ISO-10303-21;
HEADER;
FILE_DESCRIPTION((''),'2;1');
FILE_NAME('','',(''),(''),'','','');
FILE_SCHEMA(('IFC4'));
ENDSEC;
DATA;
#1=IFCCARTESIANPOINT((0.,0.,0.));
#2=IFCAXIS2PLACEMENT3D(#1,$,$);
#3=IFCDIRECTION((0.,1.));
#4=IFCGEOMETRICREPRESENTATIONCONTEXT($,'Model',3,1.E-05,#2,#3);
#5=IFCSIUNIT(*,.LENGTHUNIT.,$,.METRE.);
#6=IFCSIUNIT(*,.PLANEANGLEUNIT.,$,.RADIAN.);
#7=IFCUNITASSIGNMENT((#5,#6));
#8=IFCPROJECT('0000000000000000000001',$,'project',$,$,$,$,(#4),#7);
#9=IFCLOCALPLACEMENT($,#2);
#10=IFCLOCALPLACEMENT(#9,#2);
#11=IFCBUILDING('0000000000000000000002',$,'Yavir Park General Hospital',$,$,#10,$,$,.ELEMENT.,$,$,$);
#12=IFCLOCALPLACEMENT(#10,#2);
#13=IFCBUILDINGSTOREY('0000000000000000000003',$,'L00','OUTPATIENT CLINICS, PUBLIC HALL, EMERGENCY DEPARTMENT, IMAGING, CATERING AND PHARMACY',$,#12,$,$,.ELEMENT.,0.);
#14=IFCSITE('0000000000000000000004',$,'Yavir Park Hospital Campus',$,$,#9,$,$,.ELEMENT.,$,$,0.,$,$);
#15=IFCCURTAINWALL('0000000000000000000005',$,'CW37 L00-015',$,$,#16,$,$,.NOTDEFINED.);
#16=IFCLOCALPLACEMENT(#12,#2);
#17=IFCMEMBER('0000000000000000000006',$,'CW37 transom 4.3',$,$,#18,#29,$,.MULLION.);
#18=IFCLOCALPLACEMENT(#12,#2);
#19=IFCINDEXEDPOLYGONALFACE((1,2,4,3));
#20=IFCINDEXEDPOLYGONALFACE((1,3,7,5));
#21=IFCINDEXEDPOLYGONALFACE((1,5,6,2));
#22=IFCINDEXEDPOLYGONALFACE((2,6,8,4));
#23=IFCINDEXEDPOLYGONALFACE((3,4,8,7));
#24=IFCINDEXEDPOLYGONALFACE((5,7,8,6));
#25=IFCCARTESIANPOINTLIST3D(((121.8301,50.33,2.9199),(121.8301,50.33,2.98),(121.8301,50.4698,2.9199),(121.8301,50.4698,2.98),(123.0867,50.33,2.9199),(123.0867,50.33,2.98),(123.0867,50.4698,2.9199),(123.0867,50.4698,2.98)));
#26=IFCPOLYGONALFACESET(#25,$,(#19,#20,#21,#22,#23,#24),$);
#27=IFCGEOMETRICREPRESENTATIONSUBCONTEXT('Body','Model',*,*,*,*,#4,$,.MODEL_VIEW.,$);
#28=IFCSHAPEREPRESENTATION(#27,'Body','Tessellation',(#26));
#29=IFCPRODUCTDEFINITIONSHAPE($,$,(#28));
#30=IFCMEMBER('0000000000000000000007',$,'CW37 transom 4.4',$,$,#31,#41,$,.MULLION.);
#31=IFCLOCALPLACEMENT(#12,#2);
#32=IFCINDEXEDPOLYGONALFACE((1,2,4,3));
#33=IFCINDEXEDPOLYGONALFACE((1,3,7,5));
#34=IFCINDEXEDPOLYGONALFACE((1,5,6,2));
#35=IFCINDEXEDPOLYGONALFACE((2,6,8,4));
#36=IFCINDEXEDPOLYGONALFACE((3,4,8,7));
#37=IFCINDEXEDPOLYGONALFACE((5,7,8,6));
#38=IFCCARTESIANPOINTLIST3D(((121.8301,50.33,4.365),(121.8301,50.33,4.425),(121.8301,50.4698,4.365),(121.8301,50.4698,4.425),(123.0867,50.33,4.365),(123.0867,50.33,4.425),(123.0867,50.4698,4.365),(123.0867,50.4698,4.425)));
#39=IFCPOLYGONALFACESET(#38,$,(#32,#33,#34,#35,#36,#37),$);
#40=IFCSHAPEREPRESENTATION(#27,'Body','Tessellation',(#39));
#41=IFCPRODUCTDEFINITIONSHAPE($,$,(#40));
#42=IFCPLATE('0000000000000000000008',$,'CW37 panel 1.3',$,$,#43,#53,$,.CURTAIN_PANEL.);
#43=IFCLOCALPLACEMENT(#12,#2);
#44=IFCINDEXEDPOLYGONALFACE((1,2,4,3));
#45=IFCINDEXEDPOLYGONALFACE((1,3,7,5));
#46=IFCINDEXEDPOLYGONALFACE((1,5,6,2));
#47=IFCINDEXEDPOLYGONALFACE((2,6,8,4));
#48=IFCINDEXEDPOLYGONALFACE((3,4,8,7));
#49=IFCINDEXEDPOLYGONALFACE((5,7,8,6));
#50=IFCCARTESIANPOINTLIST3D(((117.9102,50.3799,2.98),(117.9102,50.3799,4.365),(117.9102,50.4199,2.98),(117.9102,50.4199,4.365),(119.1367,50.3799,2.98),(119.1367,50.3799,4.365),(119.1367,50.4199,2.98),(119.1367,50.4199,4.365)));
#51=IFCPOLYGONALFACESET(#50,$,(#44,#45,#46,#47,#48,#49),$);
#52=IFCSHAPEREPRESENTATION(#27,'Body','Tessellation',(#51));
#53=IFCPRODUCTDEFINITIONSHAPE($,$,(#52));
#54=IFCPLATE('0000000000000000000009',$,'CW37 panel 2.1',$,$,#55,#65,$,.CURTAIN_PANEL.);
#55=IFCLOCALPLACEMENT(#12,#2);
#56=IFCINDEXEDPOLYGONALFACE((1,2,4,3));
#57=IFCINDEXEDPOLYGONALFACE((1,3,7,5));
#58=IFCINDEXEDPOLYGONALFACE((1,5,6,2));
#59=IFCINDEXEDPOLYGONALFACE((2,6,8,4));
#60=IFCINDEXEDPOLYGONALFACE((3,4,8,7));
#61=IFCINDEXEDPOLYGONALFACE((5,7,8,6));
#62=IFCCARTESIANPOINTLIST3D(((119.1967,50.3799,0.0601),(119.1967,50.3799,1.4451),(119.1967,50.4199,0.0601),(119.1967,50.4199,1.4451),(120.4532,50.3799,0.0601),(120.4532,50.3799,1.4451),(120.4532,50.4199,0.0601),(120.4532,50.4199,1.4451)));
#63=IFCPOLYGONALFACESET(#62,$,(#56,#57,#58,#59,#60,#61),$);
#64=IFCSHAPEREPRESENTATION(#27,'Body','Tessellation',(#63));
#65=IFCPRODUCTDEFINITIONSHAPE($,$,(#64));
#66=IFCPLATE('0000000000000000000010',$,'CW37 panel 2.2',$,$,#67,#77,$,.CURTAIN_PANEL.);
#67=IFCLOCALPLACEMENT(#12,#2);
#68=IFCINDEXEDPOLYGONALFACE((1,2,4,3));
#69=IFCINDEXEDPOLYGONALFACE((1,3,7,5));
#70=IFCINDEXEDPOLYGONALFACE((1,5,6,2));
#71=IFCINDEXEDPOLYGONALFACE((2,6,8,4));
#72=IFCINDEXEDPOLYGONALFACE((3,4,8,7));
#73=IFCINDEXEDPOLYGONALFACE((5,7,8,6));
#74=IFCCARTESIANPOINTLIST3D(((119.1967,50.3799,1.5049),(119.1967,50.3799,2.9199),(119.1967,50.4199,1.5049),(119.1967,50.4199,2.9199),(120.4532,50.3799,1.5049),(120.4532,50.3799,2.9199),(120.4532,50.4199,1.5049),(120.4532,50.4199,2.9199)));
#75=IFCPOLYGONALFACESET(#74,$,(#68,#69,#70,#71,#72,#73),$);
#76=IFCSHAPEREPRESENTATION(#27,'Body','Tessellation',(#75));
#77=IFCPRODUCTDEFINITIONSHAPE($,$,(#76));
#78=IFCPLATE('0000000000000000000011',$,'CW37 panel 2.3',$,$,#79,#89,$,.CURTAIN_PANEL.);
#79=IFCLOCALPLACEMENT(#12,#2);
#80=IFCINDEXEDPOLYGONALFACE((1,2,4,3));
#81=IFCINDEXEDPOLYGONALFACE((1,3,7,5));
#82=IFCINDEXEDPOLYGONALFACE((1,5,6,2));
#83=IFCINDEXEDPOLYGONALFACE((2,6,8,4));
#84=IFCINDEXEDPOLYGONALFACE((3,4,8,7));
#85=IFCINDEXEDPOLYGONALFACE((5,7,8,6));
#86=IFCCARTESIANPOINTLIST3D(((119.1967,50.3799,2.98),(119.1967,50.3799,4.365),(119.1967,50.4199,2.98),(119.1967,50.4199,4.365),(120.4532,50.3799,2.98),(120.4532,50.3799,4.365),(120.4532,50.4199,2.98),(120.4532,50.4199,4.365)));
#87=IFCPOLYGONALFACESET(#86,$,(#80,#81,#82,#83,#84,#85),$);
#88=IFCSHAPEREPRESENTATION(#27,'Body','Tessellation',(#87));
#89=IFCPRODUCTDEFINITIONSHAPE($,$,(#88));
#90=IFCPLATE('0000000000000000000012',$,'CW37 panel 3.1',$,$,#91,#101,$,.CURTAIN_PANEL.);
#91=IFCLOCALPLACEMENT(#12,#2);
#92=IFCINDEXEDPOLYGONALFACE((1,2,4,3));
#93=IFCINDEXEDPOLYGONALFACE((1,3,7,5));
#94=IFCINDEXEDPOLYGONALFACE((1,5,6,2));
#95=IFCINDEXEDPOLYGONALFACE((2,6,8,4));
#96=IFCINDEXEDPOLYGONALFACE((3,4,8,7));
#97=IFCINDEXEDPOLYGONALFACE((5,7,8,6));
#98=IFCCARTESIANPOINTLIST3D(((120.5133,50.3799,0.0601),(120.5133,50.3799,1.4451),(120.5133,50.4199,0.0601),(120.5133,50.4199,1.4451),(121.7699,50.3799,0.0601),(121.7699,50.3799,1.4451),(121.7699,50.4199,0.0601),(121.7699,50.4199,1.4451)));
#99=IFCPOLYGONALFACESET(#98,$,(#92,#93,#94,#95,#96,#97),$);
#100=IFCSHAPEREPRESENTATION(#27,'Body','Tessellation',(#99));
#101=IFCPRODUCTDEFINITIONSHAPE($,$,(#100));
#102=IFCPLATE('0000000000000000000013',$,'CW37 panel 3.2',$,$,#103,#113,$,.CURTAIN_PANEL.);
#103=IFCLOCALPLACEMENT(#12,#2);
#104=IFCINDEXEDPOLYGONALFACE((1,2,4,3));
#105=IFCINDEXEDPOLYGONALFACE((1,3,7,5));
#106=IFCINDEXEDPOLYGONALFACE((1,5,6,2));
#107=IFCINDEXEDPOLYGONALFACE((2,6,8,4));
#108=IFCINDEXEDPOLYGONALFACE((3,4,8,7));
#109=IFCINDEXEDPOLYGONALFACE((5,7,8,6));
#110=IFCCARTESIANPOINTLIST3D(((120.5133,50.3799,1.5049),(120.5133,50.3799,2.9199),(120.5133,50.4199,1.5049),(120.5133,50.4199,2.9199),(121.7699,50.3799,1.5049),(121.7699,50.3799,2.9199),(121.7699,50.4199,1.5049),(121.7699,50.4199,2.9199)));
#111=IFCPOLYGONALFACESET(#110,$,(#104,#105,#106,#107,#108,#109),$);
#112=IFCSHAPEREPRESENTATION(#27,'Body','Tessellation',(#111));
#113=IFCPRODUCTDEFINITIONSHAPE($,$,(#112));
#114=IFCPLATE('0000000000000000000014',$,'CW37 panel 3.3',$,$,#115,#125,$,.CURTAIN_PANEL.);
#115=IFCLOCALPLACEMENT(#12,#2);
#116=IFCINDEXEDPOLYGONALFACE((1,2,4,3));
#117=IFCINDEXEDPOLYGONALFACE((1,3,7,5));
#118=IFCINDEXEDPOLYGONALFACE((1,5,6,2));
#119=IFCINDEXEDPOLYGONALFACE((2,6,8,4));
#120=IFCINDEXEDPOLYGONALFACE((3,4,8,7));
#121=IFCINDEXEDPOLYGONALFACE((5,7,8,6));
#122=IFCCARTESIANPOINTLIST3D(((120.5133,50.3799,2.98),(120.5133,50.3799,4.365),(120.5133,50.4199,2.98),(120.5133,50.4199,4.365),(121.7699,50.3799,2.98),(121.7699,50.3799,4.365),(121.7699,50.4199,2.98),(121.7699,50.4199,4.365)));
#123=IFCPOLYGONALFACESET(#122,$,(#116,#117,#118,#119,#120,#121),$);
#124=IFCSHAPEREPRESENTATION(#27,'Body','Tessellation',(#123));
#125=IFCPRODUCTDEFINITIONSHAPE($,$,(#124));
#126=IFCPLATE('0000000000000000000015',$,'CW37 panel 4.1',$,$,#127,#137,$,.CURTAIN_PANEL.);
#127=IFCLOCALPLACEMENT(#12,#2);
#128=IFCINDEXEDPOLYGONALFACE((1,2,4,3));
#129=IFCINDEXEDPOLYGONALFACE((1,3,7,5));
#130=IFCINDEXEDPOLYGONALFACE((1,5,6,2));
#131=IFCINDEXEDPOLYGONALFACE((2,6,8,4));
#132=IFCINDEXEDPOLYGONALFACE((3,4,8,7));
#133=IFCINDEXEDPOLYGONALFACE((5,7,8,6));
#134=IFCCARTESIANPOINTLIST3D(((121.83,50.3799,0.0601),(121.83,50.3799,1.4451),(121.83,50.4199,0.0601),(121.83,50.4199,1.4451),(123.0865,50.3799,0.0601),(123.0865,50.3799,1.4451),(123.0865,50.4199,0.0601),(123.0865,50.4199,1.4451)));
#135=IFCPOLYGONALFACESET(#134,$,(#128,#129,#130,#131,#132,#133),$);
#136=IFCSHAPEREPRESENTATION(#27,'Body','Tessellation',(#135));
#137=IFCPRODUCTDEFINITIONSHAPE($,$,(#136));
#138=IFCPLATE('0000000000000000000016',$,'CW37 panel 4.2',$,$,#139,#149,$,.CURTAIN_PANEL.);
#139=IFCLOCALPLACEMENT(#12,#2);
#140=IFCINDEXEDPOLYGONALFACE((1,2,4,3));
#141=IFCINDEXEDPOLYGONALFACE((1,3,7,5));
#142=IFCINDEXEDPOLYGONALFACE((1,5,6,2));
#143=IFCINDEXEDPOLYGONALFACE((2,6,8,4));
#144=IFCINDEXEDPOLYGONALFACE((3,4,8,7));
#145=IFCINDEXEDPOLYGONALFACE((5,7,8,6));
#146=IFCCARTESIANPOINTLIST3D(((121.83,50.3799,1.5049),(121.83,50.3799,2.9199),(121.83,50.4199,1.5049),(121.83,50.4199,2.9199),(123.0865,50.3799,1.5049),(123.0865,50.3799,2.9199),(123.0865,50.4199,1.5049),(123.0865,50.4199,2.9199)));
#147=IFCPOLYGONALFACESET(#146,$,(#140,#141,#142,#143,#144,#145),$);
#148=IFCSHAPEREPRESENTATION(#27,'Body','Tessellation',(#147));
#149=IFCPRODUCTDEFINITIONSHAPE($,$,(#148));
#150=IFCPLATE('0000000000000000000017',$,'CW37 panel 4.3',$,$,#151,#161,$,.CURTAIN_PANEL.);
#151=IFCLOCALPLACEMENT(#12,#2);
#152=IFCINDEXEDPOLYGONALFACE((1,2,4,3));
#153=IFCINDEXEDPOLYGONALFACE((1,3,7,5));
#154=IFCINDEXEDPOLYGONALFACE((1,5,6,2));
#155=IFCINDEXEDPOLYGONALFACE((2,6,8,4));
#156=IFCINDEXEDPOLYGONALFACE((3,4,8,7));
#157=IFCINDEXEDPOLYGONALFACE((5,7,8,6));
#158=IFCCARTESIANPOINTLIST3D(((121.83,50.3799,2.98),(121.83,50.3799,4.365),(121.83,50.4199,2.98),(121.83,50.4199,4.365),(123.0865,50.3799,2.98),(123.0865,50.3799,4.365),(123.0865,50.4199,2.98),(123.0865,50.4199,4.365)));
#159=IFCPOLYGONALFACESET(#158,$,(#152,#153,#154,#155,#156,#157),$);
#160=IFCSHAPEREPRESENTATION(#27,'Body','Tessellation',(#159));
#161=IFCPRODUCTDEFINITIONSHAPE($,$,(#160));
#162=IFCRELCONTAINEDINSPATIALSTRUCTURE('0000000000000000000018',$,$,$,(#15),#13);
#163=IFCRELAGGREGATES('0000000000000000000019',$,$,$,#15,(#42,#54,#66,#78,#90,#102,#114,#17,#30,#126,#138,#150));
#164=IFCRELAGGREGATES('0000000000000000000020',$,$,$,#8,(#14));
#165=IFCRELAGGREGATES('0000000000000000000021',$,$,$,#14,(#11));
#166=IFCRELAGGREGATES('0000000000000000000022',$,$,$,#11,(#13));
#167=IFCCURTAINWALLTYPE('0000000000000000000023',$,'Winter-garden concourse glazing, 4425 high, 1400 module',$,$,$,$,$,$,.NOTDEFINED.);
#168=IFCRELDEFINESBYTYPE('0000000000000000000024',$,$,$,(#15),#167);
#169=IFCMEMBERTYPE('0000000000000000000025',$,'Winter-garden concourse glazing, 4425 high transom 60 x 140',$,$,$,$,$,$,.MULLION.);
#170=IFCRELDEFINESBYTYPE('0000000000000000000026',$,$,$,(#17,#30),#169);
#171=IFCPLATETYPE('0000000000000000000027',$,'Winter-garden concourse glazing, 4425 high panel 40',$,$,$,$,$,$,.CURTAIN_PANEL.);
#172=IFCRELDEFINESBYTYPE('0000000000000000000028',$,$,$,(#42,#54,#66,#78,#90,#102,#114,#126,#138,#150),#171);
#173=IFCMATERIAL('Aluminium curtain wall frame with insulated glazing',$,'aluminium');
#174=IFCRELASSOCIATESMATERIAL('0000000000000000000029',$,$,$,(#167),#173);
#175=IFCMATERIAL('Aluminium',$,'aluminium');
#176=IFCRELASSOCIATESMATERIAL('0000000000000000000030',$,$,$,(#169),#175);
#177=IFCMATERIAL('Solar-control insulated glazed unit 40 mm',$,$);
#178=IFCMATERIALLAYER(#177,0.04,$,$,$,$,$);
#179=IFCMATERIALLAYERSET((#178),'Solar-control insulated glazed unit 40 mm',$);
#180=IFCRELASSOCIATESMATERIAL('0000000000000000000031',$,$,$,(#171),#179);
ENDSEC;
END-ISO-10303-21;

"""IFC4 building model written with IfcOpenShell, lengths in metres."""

from ifc_helpers import new_model, si_unit, direction, frame, origin, origin_2d, place, context, subcontext, project, spatial, rectangle, extrude, material, layer, layer_set, material_profile, profile_set, type_object, element, aggregate, save


model = new_model("IFC4")

# Units and contexts
model_context = context("Model", 3, precision=1e-05, world=origin(), true_north=direction((0.0, 1.0)))
body_context = subcontext(model_context, "Body", "Model", "MODEL_VIEW")
ifc_project = project(units=[si_unit("LENGTHUNIT", "METRE"), si_unit("PLANEANGLEUNIT", "RADIAN")], contexts=[model_context])

# Site, building, storey
site_placement = place(None, origin())
site = spatial("IfcSite", under=ifc_project, at=site_placement, Name="Yavir Park Hospital Campus", CompositionType="ELEMENT", RefElevation=0.0)
building_placement = place(site_placement, origin())
building = spatial("IfcBuilding", under=site, at=building_placement, Name="Yavir Park General Hospital", CompositionType="ELEMENT")
storey_placement = place(building_placement, origin())
storey = spatial("IfcBuildingStorey", under=building, at=storey_placement, Name="L00", Description="OUTPATIENT CLINICS, PUBLIC HALL, EMERGENCY DEPARTMENT, IMAGING, CATERING AND PHARMACY", CompositionType="ELEMENT", Elevation=0.0)

# Curtain wall, members, plates
ifc_material_1 = material(Name="Aluminium curtain wall frame with insulated glazing", Category="aluminium")
curtain_wall_type = type_object("IfcCurtainWallType", Name="Winter-garden concourse glazing, 4425 high, 1400 module", PredefinedType="NOTDEFINED", material=ifc_material_1)
curtain_wall_placement = place(storey_placement, origin())
curtain_wall = element("IfcCurtainWall", 1, at=curtain_wall_placement, inside=storey, type_object=curtain_wall_type, Name="CW37 L00-015", PredefinedType="NOTDEFINED")
ifc_material_2 = material(Name="Aluminium", Category="aluminium")
ifc_material_profile_1 = material_profile(ifc_material_2, rectangle(XDim=0.1399, YDim=0.0601, at=origin_2d()), Name="AL 140x60")
ifc_profile_set_1 = profile_set([ifc_material_profile_1], Name="Aluminium")
member_type_1 = type_object("IfcMemberType", Name="Winter-garden concourse glazing, 4425 high transom 60 x 140", PredefinedType="MULLION", material=ifc_profile_set_1)
member_1_placement = place(storey_placement, frame((121.8301, 50.3999, 2.95), z_axis=(1.0, 0.0, 0.0), x_axis=(0.0, 1.0, 0.0)))
member_1 = element("IfcMember", 2, at=member_1_placement, type_object=member_type_1, Name="CW37 transom 4.3", PredefinedType="MULLION", context=body_context, shape_type="SweptSolid", body=[
    extrude(rectangle(XDim=0.1399, YDim=0.0601, at=origin_2d()), origin(), (0.0, 0.0, 1.0), 1.2566),
])
member_2_placement = place(storey_placement, frame((121.8301, 50.3999, 4.395), z_axis=(1.0, 0.0, 0.0), x_axis=(0.0, 1.0, 0.0)))
member_2 = element("IfcMember", 3, at=member_2_placement, type_object=member_type_1, Name="CW37 transom 4.4", PredefinedType="MULLION", context=body_context, shape_type="SweptSolid", body=[
    extrude(rectangle(XDim=0.1399, YDim=0.0601, at=origin_2d()), origin(), (0.0, 0.0, 1.0), 1.2566),
])
ifc_material_3 = material(Name="Solar-control insulated glazed unit 40 mm")
ifc_layer = layer(ifc_material_3, 0.04)
ifc_layer_set = layer_set([ifc_layer], Name="Solar-control insulated glazed unit 40 mm")
plate_type = type_object("IfcPlateType", Name="Winter-garden concourse glazing, 4425 high panel 40", PredefinedType="CURTAIN_PANEL", material=ifc_layer_set)
plate_1_placement = place(storey_placement, frame((118.5234, 50.3999, 2.98), z_axis=(0.0, 0.0, 1.0), x_axis=(1.0, 0.0, 0.0)))
plate_1 = element("IfcPlate", 4, at=plate_1_placement, type_object=plate_type, Name="CW37 panel 1.3", PredefinedType="CURTAIN_PANEL", context=body_context, shape_type="SweptSolid", body=[
    extrude(rectangle(XDim=1.2266, YDim=0.04, at=origin_2d()), origin(), (0.0, 0.0, 1.0), 1.385),
])
plate_2_placement = place(storey_placement, frame((119.825, 50.3999, 0.0601), z_axis=(0.0, 0.0, 1.0), x_axis=(1.0, 0.0, 0.0)))
plate_2 = element("IfcPlate", 5, at=plate_2_placement, type_object=plate_type, Name="CW37 panel 2.1", PredefinedType="CURTAIN_PANEL", context=body_context, shape_type="SweptSolid", body=[
    extrude(rectangle(XDim=1.2566, YDim=0.04, at=origin_2d()), origin(), (0.0, 0.0, 1.0), 1.385),
])
plate_3_placement = place(storey_placement, frame((119.825, 50.3999, 1.5049), z_axis=(0.0, 0.0, 1.0), x_axis=(1.0, 0.0, 0.0)))
plate_3 = element("IfcPlate", 6, at=plate_3_placement, type_object=plate_type, Name="CW37 panel 2.2", PredefinedType="CURTAIN_PANEL", context=body_context, shape_type="SweptSolid", body=[
    extrude(rectangle(XDim=1.2566, YDim=0.04, at=origin_2d()), origin(), (0.0, 0.0, 1.0), 1.415),
])
plate_4_placement = place(storey_placement, frame((119.825, 50.3999, 2.98), z_axis=(0.0, 0.0, 1.0), x_axis=(1.0, 0.0, 0.0)))
plate_4 = element("IfcPlate", 7, at=plate_4_placement, type_object=plate_type, Name="CW37 panel 2.3", PredefinedType="CURTAIN_PANEL", context=body_context, shape_type="SweptSolid", body=[
    extrude(rectangle(XDim=1.2566, YDim=0.04, at=origin_2d()), origin(), (0.0, 0.0, 1.0), 1.385),
])
plate_5_placement = place(storey_placement, frame((121.1416, 50.3999, 0.0601), z_axis=(0.0, 0.0, 1.0), x_axis=(1.0, 0.0, 0.0)))
plate_5 = element("IfcPlate", 8, at=plate_5_placement, type_object=plate_type, Name="CW37 panel 3.1", PredefinedType="CURTAIN_PANEL", context=body_context, shape_type="SweptSolid", body=[
    extrude(rectangle(XDim=1.2566, YDim=0.04, at=origin_2d()), origin(), (0.0, 0.0, 1.0), 1.385),
])
plate_6_placement = place(storey_placement, frame((121.1416, 50.3999, 1.5049), z_axis=(0.0, 0.0, 1.0), x_axis=(1.0, 0.0, 0.0)))
plate_6 = element("IfcPlate", 9, at=plate_6_placement, type_object=plate_type, Name="CW37 panel 3.2", PredefinedType="CURTAIN_PANEL", context=body_context, shape_type="SweptSolid", body=[
    extrude(rectangle(XDim=1.2566, YDim=0.04, at=origin_2d()), origin(), (0.0, 0.0, 1.0), 1.415),
])
plate_7_placement = place(storey_placement, frame((121.1416, 50.3999, 2.98), z_axis=(0.0, 0.0, 1.0), x_axis=(1.0, 0.0, 0.0)))
plate_7 = element("IfcPlate", 10, at=plate_7_placement, type_object=plate_type, Name="CW37 panel 3.3", PredefinedType="CURTAIN_PANEL", context=body_context, shape_type="SweptSolid", body=[
    extrude(rectangle(XDim=1.2566, YDim=0.04, at=origin_2d()), origin(), (0.0, 0.0, 1.0), 1.385),
])
plate_8_placement = place(storey_placement, frame((122.4583, 50.3999, 0.0601), z_axis=(0.0, 0.0, 1.0), x_axis=(1.0, 0.0, 0.0)))
plate_8 = element("IfcPlate", 11, at=plate_8_placement, type_object=plate_type, Name="CW37 panel 4.1", PredefinedType="CURTAIN_PANEL", context=body_context, shape_type="SweptSolid", body=[
    extrude(rectangle(XDim=1.2566, YDim=0.04, at=origin_2d()), origin(), (0.0, 0.0, 1.0), 1.385),
])
plate_9_placement = place(storey_placement, frame((122.4583, 50.3999, 1.5049), z_axis=(0.0, 0.0, 1.0), x_axis=(1.0, 0.0, 0.0)))
plate_9 = element("IfcPlate", 12, at=plate_9_placement, type_object=plate_type, Name="CW37 panel 4.2", PredefinedType="CURTAIN_PANEL", context=body_context, shape_type="SweptSolid", body=[
    extrude(rectangle(XDim=1.2566, YDim=0.04, at=origin_2d()), origin(), (0.0, 0.0, 1.0), 1.415),
])
plate_10_placement = place(storey_placement, frame((122.4583, 50.3999, 2.98), z_axis=(0.0, 0.0, 1.0), x_axis=(1.0, 0.0, 0.0)))
plate_10 = element("IfcPlate", 13, at=plate_10_placement, type_object=plate_type, Name="CW37 panel 4.3", PredefinedType="CURTAIN_PANEL", context=body_context, shape_type="SweptSolid", body=[
    extrude(rectangle(XDim=1.2566, YDim=0.04, at=origin_2d()), origin(), (0.0, 0.0, 1.0), 1.385),
])
aggregate(curtain_wall, [plate_1, plate_2, plate_3, plate_4, plate_5, plate_6, plate_7, member_1, member_2, plate_8, plate_9, plate_10])

save(model, "model.ifc")
